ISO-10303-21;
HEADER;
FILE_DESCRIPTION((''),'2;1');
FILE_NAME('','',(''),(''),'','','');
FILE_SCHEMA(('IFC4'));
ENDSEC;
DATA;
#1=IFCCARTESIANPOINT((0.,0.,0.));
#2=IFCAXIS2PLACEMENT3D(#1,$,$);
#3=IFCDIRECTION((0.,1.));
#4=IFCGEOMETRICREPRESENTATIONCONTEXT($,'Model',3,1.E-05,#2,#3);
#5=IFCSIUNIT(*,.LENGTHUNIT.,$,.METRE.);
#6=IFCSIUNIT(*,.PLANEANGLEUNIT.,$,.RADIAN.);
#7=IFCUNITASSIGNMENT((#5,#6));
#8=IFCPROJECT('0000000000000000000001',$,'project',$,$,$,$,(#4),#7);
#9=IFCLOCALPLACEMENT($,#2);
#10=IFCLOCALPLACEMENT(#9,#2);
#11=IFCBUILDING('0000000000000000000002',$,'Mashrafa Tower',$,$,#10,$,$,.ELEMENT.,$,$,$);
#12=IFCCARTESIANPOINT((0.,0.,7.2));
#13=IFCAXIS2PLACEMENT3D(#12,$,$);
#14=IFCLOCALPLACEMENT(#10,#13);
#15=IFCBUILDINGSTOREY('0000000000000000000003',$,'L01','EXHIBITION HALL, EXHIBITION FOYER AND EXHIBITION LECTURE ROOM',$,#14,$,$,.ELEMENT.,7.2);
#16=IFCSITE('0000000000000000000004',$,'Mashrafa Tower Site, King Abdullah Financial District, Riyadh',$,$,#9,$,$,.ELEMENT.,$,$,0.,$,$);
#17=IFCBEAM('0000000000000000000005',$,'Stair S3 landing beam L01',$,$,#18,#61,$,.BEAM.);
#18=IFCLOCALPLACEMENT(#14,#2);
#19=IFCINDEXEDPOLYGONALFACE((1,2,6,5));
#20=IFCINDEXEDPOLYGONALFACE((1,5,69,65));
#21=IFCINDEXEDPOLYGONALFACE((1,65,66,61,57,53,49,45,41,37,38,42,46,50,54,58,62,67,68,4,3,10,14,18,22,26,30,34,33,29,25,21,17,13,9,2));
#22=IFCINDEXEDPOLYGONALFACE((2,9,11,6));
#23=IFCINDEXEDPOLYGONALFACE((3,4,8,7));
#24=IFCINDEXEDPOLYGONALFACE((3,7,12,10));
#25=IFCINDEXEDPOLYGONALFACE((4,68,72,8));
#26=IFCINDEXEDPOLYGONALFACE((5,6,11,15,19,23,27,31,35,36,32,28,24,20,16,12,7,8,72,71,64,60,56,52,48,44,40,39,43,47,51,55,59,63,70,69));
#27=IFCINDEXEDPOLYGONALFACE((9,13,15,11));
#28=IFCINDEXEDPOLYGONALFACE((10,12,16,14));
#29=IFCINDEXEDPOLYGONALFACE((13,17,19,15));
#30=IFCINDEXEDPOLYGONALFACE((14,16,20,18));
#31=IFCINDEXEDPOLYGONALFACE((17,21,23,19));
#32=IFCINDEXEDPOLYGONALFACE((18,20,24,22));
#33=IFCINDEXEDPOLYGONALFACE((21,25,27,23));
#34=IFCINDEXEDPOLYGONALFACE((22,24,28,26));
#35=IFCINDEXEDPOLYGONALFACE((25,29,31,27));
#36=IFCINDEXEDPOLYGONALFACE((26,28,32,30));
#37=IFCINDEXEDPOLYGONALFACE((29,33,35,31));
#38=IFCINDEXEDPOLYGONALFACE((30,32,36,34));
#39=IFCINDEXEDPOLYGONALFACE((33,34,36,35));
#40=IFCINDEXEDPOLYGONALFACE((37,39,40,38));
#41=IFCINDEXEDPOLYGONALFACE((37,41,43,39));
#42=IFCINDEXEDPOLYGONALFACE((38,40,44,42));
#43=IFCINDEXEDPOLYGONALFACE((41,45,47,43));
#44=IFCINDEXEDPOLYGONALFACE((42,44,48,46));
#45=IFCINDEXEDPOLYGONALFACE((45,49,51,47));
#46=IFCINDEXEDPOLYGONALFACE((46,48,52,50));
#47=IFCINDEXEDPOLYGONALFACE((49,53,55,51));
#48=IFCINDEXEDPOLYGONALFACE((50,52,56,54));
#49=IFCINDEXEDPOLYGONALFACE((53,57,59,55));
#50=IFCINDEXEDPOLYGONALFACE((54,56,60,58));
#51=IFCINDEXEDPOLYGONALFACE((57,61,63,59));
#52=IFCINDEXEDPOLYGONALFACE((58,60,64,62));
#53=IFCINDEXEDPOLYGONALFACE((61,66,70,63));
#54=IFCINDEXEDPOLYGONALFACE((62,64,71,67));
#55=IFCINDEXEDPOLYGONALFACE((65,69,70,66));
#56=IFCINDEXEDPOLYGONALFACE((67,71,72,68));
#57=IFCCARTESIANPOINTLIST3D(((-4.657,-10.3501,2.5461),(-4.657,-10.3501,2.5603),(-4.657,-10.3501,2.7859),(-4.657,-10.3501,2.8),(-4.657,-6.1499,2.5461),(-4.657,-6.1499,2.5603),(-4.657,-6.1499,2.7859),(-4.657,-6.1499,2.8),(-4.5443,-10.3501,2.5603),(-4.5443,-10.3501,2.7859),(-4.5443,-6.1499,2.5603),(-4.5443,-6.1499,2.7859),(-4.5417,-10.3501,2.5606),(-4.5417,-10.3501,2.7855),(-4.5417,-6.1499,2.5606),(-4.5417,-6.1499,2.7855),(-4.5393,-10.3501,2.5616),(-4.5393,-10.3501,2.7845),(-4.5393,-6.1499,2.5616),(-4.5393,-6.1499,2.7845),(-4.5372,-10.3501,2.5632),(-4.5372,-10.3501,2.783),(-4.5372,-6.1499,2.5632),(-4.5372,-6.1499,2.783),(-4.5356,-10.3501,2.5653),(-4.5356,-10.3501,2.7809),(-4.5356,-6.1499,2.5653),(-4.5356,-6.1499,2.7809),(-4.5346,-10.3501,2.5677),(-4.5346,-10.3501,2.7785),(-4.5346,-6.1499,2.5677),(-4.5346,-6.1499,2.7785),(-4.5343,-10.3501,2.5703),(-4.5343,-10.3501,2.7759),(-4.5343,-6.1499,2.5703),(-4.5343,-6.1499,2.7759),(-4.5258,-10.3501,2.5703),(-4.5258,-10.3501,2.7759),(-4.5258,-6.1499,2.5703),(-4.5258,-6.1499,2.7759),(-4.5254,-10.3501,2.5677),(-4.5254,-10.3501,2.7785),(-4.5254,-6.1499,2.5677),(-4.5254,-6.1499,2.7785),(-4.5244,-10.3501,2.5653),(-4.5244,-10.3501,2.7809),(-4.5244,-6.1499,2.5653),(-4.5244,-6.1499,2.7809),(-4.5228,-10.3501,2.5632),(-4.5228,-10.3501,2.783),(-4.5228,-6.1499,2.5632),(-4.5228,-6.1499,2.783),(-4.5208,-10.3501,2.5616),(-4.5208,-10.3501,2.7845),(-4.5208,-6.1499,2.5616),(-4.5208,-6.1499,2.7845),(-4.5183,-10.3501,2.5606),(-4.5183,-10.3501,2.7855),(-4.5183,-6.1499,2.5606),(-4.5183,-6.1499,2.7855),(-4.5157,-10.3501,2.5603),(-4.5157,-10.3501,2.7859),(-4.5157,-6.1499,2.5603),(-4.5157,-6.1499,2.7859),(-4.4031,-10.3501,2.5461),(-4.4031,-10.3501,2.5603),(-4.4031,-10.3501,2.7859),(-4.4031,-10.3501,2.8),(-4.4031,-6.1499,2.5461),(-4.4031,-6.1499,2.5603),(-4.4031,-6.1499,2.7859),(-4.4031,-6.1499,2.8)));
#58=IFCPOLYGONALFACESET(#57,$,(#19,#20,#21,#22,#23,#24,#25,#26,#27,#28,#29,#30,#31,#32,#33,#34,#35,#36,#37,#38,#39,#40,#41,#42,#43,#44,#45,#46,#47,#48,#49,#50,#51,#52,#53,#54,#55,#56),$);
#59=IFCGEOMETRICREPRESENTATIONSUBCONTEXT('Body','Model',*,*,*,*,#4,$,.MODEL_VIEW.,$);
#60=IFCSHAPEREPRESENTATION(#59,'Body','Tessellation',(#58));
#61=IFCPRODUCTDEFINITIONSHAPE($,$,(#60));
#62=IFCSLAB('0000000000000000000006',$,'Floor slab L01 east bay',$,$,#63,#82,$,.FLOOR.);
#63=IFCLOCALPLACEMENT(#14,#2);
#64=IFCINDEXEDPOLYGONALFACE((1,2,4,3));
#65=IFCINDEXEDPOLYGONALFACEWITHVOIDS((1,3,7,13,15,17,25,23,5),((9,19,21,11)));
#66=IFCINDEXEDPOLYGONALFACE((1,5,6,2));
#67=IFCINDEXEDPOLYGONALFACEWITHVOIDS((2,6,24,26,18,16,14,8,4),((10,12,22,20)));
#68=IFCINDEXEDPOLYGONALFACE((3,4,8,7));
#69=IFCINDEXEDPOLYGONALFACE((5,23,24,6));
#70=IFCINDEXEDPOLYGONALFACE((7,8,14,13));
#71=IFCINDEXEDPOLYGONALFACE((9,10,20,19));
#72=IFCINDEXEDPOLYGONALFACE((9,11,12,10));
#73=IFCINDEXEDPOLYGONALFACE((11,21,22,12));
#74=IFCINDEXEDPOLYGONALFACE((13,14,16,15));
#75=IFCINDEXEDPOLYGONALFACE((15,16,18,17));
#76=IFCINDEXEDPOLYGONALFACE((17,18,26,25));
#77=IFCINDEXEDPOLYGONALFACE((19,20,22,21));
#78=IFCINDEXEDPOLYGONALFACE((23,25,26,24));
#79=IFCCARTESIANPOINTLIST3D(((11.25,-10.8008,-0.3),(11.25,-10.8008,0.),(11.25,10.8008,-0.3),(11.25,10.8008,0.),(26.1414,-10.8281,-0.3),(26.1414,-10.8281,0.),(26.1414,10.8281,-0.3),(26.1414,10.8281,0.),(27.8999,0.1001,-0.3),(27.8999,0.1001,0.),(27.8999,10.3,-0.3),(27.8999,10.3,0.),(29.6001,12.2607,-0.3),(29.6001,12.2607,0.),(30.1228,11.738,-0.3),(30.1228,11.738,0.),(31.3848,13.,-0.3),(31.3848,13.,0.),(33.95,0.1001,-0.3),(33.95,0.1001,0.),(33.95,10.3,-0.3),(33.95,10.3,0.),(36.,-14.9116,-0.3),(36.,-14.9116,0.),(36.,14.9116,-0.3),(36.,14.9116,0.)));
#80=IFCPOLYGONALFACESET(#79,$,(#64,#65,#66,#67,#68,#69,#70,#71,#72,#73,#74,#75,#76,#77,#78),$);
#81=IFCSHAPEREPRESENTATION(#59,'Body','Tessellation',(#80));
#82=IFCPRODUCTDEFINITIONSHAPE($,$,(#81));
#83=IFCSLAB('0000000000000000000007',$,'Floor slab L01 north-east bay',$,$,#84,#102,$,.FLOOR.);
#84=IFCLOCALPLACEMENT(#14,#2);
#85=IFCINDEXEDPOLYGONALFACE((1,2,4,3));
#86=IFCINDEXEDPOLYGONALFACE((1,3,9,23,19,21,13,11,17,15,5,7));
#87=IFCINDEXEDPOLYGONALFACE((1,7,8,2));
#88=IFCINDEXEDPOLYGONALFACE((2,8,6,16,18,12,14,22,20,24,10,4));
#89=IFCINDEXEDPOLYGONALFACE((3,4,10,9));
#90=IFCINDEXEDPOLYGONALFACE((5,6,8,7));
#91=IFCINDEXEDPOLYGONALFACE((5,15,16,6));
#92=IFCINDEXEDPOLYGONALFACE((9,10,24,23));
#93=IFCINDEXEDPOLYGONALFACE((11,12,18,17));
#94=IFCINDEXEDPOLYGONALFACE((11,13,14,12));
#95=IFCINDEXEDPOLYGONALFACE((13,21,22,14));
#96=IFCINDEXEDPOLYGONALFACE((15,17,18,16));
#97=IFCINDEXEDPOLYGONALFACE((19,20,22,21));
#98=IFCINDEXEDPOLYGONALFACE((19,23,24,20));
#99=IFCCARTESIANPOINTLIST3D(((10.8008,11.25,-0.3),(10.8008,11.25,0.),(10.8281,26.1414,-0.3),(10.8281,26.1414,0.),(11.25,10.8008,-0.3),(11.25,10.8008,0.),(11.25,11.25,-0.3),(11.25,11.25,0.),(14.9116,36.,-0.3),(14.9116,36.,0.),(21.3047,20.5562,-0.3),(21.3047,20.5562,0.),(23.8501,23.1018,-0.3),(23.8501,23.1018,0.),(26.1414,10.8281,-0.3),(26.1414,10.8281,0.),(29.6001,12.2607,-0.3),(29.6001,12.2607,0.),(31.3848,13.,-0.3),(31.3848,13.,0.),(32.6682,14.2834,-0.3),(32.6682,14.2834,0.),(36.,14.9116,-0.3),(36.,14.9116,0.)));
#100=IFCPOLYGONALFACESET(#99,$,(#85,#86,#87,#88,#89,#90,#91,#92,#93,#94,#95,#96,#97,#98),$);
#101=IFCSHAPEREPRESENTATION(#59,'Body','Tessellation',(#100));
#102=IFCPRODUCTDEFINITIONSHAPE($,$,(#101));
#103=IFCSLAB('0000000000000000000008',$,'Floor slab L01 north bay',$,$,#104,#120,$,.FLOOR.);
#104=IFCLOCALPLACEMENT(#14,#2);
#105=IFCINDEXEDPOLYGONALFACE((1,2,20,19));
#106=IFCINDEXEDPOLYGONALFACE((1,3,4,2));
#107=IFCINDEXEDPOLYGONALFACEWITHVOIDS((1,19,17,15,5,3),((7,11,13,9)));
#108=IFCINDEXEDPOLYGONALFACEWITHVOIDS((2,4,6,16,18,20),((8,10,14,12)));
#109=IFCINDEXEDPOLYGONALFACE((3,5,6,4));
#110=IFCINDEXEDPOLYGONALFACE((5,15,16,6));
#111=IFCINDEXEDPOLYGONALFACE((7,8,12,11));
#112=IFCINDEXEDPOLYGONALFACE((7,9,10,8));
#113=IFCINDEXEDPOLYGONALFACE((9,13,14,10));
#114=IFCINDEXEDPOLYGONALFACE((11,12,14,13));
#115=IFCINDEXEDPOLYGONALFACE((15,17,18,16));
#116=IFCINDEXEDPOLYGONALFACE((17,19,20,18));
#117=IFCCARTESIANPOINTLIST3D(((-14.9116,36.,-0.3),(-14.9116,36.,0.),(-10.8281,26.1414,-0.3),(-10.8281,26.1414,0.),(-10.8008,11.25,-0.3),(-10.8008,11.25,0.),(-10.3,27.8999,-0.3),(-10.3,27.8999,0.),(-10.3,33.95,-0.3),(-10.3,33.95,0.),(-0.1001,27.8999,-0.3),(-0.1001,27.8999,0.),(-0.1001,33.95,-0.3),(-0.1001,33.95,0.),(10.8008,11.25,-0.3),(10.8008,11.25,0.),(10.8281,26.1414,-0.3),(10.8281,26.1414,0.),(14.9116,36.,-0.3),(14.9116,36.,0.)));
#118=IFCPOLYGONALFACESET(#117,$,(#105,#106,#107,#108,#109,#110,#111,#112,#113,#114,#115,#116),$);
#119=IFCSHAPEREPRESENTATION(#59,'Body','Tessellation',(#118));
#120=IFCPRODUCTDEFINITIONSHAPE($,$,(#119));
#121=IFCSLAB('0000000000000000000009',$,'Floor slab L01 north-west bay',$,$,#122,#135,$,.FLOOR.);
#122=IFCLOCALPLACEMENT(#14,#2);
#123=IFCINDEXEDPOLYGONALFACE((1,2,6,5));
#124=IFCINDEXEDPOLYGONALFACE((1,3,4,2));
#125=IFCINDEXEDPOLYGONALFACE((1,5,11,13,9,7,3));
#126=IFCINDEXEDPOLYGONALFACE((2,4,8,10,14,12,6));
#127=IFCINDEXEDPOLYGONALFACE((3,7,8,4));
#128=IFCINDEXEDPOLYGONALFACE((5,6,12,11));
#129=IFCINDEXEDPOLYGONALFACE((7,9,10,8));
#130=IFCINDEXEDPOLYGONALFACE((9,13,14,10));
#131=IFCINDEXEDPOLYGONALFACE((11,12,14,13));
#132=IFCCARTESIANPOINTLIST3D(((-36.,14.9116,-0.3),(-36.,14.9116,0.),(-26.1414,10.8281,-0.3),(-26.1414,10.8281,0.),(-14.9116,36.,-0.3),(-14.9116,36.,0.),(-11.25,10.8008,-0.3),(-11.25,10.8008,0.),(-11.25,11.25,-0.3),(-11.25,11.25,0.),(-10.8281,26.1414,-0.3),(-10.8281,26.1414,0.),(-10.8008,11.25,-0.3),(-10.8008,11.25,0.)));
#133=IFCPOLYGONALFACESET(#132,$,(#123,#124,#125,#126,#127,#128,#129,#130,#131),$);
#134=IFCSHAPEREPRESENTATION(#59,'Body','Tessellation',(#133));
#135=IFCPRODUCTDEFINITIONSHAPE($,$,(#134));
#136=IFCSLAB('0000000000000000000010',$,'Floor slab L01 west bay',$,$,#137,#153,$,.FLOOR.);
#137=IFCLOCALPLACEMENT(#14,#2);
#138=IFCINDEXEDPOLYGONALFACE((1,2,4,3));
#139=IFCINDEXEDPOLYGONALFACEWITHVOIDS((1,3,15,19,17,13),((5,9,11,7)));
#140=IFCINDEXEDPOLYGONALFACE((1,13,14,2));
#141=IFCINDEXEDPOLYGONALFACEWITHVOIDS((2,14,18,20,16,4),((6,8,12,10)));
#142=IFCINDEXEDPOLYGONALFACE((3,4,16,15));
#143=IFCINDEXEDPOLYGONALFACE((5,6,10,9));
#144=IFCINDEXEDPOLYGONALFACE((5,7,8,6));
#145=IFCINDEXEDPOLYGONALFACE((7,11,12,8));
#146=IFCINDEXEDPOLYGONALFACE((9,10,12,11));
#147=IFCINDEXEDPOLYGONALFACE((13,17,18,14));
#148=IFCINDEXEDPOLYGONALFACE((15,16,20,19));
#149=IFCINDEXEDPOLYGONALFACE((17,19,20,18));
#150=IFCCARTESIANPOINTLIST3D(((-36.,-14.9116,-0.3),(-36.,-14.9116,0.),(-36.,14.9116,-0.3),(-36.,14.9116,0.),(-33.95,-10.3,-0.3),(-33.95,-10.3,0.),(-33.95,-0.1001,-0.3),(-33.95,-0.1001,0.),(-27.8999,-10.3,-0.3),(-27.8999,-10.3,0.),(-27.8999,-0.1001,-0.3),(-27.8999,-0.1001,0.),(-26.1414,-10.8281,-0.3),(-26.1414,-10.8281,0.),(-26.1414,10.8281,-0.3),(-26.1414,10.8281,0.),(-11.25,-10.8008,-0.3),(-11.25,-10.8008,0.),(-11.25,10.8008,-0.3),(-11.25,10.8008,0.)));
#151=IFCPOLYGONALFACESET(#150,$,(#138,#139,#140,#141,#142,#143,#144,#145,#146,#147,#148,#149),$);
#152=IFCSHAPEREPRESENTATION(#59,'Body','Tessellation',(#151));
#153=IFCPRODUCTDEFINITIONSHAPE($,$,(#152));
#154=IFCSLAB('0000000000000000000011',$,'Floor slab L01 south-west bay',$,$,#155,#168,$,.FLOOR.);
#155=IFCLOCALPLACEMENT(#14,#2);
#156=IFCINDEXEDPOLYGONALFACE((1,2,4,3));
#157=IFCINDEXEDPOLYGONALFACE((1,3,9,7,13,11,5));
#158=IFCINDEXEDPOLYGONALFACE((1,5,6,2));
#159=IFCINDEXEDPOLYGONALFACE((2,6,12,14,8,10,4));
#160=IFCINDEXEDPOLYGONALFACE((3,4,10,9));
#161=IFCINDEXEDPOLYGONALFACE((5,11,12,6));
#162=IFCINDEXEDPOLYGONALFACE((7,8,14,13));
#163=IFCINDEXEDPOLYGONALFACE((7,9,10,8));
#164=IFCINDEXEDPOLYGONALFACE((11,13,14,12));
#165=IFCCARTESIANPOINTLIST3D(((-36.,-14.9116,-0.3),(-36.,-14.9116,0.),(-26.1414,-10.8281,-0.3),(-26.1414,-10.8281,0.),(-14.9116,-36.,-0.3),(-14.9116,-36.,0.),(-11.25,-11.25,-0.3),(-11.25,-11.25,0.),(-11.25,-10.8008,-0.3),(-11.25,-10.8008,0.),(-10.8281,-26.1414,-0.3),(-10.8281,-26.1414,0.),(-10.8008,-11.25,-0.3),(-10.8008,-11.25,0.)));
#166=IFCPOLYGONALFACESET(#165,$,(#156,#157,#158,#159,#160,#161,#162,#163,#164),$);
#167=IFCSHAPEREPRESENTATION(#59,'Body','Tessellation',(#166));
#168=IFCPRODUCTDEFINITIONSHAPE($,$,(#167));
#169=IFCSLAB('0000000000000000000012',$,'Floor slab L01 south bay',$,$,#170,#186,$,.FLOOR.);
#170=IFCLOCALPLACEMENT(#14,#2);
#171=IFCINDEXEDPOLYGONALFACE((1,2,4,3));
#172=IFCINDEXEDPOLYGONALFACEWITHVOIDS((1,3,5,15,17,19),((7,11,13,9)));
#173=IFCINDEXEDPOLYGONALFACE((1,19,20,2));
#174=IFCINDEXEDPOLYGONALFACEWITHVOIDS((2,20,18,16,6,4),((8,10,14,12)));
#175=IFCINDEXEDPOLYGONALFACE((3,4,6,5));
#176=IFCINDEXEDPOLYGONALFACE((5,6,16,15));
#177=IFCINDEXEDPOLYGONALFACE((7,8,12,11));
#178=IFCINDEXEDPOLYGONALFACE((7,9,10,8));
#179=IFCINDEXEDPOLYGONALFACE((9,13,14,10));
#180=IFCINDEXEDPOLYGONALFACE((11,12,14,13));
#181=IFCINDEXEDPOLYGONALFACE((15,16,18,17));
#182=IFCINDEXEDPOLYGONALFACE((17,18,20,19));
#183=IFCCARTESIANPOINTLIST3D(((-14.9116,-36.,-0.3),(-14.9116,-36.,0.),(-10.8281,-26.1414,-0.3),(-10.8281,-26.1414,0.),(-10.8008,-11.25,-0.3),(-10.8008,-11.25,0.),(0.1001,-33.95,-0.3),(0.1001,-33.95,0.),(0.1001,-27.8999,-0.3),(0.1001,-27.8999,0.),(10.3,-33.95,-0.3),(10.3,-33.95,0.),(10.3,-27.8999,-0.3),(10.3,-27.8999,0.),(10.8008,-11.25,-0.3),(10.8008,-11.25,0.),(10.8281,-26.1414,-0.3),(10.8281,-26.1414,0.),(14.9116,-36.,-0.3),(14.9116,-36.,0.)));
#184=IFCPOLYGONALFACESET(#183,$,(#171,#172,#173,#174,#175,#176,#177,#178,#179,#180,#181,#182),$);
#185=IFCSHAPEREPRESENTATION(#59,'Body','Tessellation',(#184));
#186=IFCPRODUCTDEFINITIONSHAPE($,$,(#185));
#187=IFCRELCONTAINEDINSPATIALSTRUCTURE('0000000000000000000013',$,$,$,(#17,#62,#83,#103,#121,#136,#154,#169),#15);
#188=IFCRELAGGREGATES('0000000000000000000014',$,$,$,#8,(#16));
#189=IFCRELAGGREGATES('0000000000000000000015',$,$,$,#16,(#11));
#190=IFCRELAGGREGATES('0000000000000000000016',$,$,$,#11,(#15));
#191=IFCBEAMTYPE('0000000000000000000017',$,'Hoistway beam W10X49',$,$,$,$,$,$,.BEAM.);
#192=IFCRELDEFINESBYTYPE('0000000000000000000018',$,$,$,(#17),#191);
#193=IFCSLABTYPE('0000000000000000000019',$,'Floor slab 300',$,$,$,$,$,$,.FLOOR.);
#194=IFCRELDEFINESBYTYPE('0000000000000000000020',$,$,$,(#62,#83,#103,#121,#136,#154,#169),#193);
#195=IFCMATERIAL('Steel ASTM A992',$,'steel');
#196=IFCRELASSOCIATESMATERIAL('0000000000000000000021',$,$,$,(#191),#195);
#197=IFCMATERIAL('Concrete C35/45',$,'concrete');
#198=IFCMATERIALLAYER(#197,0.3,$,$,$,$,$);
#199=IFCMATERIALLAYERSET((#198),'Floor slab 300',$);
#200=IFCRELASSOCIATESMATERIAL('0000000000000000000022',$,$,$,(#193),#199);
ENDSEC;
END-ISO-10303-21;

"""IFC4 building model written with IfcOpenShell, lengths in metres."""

from ifc_helpers import new_model, si_unit, direction, frame, origin, origin_2d, place, context, subcontext, project, spatial, polyline, i_section, outline, extrude, material, layer, layer_set, material_profile, profile_set, type_object, element, save


model = new_model("IFC4")

# Units and contexts
model_context = context("Model", 3, precision=1e-05, world=origin(), true_north=direction((0.0, 1.0)))
body_context = subcontext(model_context, "Body", "Model", "MODEL_VIEW")
ifc_project = project(units=[si_unit("LENGTHUNIT", "METRE"), si_unit("PLANEANGLEUNIT", "RADIAN")], contexts=[model_context])

# Site, building, storey
site_placement = place(None, origin())
site = spatial("IfcSite", under=ifc_project, at=site_placement, Name="Mashrafa Tower Site, King Abdullah Financial District, Riyadh", CompositionType="ELEMENT", RefElevation=0.0)
building_placement = place(site_placement, origin())
building = spatial("IfcBuilding", under=site, at=building_placement, Name="Mashrafa Tower", CompositionType="ELEMENT")
storey_placement = place(building_placement, frame((0.0, 0.0, 7.2)))
storey = spatial("IfcBuildingStorey", under=building, at=storey_placement, Name="L01", Description="EXHIBITION HALL, EXHIBITION FOYER AND EXHIBITION LECTURE ROOM", CompositionType="ELEMENT", Elevation=7.2)

# Beam
ifc_material_1 = material(Name="Steel ASTM A992", Category="steel")
ifc_material_profile_1 = material_profile(ifc_material_1, i_section(OverallWidth=0.2539, OverallDepth=0.2539, WebThickness=0.0085, FlangeThickness=0.0142, FilletRadius=0.01, at=origin_2d()), Name="W10X49")
ifc_profile_set_1 = profile_set([ifc_material_profile_1], Name="Steel ASTM A992")
beam_type_1 = type_object("IfcBeamType", Name="Hoistway beam W10X49", PredefinedType="BEAM", material=ifc_profile_set_1)
for number, where, z_axis, x_axis, name in (
    (1, (-4.53, -10.3501, 2.6731), (0.0, 1.0, 0.0), (-1.0, 0.0, 0.0), "Stair S3 landing beam L01"),
):
    element("IfcBeam", number, at=place(storey_placement, frame(where, z_axis=z_axis, x_axis=x_axis)), inside=storey, type_object=beam_type_1, Name=name, PredefinedType="BEAM", context=body_context, shape_type="SweptSolid", body=[
        extrude(i_section(OverallWidth=0.2539, OverallDepth=0.2539, WebThickness=0.0085, FlangeThickness=0.0142, FilletRadius=0.01, at=origin_2d()), origin(), (0.0, 0.0, 1.0), 4.2002),
    ])

# Slabs
ifc_material_2 = material(Name="Concrete C35/45", Category="concrete")
ifc_layer_1 = layer(ifc_material_2, 0.3)
ifc_layer_set_1 = layer_set([ifc_layer_1], Name="Floor slab 300")
slab_type = type_object("IfcSlabType", Name="Floor slab 300", PredefinedType="FLOOR", material=ifc_layer_set_1)
slab_1_placement = place(storey_placement, frame((0.0, 0.0, -0.3)))
element("IfcSlab", 2, at=slab_1_placement, inside=storey, type_object=slab_type, Name="Floor slab L01 east bay", PredefinedType="FLOOR", context=body_context, shape_type="SweptSolid", body=[
    extrude(outline(polyline([(36.0, 14.9116), (36.0, -14.9116), (36.0, -14.9116), (26.1414, -10.8281), (11.25, -10.8008), (11.25, 10.8008), (26.1414, 10.8281), (29.6001, 12.2607), (30.1228, 11.738), (31.3848, 13.0), (36.0, 14.9116), (36.0, 14.9116)]), holes=[polyline([(27.8999, 0.1001), (33.95, 0.1001), (33.95, 10.3), (27.8999, 10.3), (27.8999, 0.1001)])]), origin(), (0.0, 0.0, 1.0), 0.3),
])
slab_2_placement = place(storey_placement, frame((0.0, 0.0, -0.3)))
element("IfcSlab", 3, at=slab_2_placement, inside=storey, type_object=slab_type, Name="Floor slab L01 north-east bay", PredefinedType="FLOOR", context=body_context, shape_type="SweptSolid", body=[
    extrude(outline(polyline([(36.0, 14.9116), (31.3848, 13.0), (32.6682, 14.2834), (23.8501, 23.1018), (21.3047, 20.5562), (29.6001, 12.2607), (26.1414, 10.8281), (11.25, 10.8008), (11.25, 11.25), (10.8008, 11.25), (10.8281, 26.1414), (14.9116, 36.0), (36.0, 14.9116)])), origin(), (0.0, 0.0, 1.0), 0.3),
])
slab_3_placement = place(storey_placement, frame((0.0, 0.0, -0.3)))
element("IfcSlab", 4, at=slab_3_placement, inside=storey, type_object=slab_type, Name="Floor slab L01 north bay", PredefinedType="FLOOR", context=body_context, shape_type="SweptSolid", body=[
    extrude(outline(polyline([(-14.9116, 36.0), (14.9116, 36.0), (14.9116, 36.0), (10.8281, 26.1414), (10.8008, 11.25), (-10.8008, 11.25), (-10.8281, 26.1414), (-14.9116, 36.0), (-14.9116, 36.0)]), holes=[polyline([(-0.1001, 27.8999), (-0.1001, 33.95), (-10.3, 33.95), (-10.3, 27.8999), (-0.1001, 27.8999)])]), origin(), (0.0, 0.0, 1.0), 0.3),
])
slab_4_placement = place(storey_placement, frame((0.0, 0.0, -0.3)))
element("IfcSlab", 5, at=slab_4_placement, inside=storey, type_object=slab_type, Name="Floor slab L01 north-west bay", PredefinedType="FLOOR", context=body_context, shape_type="SweptSolid", body=[
    extrude(outline(polyline([(-14.9116, 36.0), (-10.8281, 26.1414), (-10.8008, 11.25), (-11.25, 11.25), (-11.25, 10.8008), (-26.1414, 10.8281), (-36.0, 14.9116), (-14.9116, 36.0)])), origin(), (0.0, 0.0, 1.0), 0.3),
])
slab_5_placement = place(storey_placement, frame((0.0, 0.0, -0.3)))
element("IfcSlab", 6, at=slab_5_placement, inside=storey, type_object=slab_type, Name="Floor slab L01 west bay", PredefinedType="FLOOR", context=body_context, shape_type="SweptSolid", body=[
    extrude(outline(polyline([(-36.0, -14.9116), (-36.0, 14.9116), (-36.0, 14.9116), (-26.1414, 10.8281), (-11.25, 10.8008), (-11.25, -10.8008), (-26.1414, -10.8281), (-36.0, -14.9116), (-36.0, -14.9116)]), holes=[polyline([(-27.8999, -10.3), (-27.8999, -0.1001), (-33.95, -0.1001), (-33.95, -10.3), (-27.8999, -10.3)])]), origin(), (0.0, 0.0, 1.0), 0.3),
])
slab_6_placement = place(storey_placement, frame((0.0, 0.0, -0.3)))
element("IfcSlab", 7, at=slab_6_placement, inside=storey, type_object=slab_type, Name="Floor slab L01 south-west bay", PredefinedType="FLOOR", context=body_context, shape_type="SweptSolid", body=[
    extrude(outline(polyline([(-36.0, -14.9116), (-26.1414, -10.8281), (-11.25, -10.8008), (-11.25, -11.25), (-10.8008, -11.25), (-10.8281, -26.1414), (-14.9116, -36.0), (-36.0, -14.9116)])), origin(), (0.0, 0.0, 1.0), 0.3),
])
slab_7_placement = place(storey_placement, frame((0.0, 0.0, -0.3)))
element("IfcSlab", 8, at=slab_7_placement, inside=storey, type_object=slab_type, Name="Floor slab L01 south bay", PredefinedType="FLOOR", context=body_context, shape_type="SweptSolid", body=[
    extrude(outline(polyline([(-14.9116, -36.0), (-14.9116, -36.0), (-10.8281, -26.1414), (-10.8008, -11.25), (10.8008, -11.25), (10.8281, -26.1414), (14.9116, -36.0), (14.9116, -36.0), (-14.9116, -36.0)]), holes=[polyline([(10.3, -33.95), (10.3, -27.8999), (0.1001, -27.8999), (0.1001, -33.95), (10.3, -33.95)])]), origin(), (0.0, 0.0, 1.0), 0.3),
])

save(model, "model.ifc")
